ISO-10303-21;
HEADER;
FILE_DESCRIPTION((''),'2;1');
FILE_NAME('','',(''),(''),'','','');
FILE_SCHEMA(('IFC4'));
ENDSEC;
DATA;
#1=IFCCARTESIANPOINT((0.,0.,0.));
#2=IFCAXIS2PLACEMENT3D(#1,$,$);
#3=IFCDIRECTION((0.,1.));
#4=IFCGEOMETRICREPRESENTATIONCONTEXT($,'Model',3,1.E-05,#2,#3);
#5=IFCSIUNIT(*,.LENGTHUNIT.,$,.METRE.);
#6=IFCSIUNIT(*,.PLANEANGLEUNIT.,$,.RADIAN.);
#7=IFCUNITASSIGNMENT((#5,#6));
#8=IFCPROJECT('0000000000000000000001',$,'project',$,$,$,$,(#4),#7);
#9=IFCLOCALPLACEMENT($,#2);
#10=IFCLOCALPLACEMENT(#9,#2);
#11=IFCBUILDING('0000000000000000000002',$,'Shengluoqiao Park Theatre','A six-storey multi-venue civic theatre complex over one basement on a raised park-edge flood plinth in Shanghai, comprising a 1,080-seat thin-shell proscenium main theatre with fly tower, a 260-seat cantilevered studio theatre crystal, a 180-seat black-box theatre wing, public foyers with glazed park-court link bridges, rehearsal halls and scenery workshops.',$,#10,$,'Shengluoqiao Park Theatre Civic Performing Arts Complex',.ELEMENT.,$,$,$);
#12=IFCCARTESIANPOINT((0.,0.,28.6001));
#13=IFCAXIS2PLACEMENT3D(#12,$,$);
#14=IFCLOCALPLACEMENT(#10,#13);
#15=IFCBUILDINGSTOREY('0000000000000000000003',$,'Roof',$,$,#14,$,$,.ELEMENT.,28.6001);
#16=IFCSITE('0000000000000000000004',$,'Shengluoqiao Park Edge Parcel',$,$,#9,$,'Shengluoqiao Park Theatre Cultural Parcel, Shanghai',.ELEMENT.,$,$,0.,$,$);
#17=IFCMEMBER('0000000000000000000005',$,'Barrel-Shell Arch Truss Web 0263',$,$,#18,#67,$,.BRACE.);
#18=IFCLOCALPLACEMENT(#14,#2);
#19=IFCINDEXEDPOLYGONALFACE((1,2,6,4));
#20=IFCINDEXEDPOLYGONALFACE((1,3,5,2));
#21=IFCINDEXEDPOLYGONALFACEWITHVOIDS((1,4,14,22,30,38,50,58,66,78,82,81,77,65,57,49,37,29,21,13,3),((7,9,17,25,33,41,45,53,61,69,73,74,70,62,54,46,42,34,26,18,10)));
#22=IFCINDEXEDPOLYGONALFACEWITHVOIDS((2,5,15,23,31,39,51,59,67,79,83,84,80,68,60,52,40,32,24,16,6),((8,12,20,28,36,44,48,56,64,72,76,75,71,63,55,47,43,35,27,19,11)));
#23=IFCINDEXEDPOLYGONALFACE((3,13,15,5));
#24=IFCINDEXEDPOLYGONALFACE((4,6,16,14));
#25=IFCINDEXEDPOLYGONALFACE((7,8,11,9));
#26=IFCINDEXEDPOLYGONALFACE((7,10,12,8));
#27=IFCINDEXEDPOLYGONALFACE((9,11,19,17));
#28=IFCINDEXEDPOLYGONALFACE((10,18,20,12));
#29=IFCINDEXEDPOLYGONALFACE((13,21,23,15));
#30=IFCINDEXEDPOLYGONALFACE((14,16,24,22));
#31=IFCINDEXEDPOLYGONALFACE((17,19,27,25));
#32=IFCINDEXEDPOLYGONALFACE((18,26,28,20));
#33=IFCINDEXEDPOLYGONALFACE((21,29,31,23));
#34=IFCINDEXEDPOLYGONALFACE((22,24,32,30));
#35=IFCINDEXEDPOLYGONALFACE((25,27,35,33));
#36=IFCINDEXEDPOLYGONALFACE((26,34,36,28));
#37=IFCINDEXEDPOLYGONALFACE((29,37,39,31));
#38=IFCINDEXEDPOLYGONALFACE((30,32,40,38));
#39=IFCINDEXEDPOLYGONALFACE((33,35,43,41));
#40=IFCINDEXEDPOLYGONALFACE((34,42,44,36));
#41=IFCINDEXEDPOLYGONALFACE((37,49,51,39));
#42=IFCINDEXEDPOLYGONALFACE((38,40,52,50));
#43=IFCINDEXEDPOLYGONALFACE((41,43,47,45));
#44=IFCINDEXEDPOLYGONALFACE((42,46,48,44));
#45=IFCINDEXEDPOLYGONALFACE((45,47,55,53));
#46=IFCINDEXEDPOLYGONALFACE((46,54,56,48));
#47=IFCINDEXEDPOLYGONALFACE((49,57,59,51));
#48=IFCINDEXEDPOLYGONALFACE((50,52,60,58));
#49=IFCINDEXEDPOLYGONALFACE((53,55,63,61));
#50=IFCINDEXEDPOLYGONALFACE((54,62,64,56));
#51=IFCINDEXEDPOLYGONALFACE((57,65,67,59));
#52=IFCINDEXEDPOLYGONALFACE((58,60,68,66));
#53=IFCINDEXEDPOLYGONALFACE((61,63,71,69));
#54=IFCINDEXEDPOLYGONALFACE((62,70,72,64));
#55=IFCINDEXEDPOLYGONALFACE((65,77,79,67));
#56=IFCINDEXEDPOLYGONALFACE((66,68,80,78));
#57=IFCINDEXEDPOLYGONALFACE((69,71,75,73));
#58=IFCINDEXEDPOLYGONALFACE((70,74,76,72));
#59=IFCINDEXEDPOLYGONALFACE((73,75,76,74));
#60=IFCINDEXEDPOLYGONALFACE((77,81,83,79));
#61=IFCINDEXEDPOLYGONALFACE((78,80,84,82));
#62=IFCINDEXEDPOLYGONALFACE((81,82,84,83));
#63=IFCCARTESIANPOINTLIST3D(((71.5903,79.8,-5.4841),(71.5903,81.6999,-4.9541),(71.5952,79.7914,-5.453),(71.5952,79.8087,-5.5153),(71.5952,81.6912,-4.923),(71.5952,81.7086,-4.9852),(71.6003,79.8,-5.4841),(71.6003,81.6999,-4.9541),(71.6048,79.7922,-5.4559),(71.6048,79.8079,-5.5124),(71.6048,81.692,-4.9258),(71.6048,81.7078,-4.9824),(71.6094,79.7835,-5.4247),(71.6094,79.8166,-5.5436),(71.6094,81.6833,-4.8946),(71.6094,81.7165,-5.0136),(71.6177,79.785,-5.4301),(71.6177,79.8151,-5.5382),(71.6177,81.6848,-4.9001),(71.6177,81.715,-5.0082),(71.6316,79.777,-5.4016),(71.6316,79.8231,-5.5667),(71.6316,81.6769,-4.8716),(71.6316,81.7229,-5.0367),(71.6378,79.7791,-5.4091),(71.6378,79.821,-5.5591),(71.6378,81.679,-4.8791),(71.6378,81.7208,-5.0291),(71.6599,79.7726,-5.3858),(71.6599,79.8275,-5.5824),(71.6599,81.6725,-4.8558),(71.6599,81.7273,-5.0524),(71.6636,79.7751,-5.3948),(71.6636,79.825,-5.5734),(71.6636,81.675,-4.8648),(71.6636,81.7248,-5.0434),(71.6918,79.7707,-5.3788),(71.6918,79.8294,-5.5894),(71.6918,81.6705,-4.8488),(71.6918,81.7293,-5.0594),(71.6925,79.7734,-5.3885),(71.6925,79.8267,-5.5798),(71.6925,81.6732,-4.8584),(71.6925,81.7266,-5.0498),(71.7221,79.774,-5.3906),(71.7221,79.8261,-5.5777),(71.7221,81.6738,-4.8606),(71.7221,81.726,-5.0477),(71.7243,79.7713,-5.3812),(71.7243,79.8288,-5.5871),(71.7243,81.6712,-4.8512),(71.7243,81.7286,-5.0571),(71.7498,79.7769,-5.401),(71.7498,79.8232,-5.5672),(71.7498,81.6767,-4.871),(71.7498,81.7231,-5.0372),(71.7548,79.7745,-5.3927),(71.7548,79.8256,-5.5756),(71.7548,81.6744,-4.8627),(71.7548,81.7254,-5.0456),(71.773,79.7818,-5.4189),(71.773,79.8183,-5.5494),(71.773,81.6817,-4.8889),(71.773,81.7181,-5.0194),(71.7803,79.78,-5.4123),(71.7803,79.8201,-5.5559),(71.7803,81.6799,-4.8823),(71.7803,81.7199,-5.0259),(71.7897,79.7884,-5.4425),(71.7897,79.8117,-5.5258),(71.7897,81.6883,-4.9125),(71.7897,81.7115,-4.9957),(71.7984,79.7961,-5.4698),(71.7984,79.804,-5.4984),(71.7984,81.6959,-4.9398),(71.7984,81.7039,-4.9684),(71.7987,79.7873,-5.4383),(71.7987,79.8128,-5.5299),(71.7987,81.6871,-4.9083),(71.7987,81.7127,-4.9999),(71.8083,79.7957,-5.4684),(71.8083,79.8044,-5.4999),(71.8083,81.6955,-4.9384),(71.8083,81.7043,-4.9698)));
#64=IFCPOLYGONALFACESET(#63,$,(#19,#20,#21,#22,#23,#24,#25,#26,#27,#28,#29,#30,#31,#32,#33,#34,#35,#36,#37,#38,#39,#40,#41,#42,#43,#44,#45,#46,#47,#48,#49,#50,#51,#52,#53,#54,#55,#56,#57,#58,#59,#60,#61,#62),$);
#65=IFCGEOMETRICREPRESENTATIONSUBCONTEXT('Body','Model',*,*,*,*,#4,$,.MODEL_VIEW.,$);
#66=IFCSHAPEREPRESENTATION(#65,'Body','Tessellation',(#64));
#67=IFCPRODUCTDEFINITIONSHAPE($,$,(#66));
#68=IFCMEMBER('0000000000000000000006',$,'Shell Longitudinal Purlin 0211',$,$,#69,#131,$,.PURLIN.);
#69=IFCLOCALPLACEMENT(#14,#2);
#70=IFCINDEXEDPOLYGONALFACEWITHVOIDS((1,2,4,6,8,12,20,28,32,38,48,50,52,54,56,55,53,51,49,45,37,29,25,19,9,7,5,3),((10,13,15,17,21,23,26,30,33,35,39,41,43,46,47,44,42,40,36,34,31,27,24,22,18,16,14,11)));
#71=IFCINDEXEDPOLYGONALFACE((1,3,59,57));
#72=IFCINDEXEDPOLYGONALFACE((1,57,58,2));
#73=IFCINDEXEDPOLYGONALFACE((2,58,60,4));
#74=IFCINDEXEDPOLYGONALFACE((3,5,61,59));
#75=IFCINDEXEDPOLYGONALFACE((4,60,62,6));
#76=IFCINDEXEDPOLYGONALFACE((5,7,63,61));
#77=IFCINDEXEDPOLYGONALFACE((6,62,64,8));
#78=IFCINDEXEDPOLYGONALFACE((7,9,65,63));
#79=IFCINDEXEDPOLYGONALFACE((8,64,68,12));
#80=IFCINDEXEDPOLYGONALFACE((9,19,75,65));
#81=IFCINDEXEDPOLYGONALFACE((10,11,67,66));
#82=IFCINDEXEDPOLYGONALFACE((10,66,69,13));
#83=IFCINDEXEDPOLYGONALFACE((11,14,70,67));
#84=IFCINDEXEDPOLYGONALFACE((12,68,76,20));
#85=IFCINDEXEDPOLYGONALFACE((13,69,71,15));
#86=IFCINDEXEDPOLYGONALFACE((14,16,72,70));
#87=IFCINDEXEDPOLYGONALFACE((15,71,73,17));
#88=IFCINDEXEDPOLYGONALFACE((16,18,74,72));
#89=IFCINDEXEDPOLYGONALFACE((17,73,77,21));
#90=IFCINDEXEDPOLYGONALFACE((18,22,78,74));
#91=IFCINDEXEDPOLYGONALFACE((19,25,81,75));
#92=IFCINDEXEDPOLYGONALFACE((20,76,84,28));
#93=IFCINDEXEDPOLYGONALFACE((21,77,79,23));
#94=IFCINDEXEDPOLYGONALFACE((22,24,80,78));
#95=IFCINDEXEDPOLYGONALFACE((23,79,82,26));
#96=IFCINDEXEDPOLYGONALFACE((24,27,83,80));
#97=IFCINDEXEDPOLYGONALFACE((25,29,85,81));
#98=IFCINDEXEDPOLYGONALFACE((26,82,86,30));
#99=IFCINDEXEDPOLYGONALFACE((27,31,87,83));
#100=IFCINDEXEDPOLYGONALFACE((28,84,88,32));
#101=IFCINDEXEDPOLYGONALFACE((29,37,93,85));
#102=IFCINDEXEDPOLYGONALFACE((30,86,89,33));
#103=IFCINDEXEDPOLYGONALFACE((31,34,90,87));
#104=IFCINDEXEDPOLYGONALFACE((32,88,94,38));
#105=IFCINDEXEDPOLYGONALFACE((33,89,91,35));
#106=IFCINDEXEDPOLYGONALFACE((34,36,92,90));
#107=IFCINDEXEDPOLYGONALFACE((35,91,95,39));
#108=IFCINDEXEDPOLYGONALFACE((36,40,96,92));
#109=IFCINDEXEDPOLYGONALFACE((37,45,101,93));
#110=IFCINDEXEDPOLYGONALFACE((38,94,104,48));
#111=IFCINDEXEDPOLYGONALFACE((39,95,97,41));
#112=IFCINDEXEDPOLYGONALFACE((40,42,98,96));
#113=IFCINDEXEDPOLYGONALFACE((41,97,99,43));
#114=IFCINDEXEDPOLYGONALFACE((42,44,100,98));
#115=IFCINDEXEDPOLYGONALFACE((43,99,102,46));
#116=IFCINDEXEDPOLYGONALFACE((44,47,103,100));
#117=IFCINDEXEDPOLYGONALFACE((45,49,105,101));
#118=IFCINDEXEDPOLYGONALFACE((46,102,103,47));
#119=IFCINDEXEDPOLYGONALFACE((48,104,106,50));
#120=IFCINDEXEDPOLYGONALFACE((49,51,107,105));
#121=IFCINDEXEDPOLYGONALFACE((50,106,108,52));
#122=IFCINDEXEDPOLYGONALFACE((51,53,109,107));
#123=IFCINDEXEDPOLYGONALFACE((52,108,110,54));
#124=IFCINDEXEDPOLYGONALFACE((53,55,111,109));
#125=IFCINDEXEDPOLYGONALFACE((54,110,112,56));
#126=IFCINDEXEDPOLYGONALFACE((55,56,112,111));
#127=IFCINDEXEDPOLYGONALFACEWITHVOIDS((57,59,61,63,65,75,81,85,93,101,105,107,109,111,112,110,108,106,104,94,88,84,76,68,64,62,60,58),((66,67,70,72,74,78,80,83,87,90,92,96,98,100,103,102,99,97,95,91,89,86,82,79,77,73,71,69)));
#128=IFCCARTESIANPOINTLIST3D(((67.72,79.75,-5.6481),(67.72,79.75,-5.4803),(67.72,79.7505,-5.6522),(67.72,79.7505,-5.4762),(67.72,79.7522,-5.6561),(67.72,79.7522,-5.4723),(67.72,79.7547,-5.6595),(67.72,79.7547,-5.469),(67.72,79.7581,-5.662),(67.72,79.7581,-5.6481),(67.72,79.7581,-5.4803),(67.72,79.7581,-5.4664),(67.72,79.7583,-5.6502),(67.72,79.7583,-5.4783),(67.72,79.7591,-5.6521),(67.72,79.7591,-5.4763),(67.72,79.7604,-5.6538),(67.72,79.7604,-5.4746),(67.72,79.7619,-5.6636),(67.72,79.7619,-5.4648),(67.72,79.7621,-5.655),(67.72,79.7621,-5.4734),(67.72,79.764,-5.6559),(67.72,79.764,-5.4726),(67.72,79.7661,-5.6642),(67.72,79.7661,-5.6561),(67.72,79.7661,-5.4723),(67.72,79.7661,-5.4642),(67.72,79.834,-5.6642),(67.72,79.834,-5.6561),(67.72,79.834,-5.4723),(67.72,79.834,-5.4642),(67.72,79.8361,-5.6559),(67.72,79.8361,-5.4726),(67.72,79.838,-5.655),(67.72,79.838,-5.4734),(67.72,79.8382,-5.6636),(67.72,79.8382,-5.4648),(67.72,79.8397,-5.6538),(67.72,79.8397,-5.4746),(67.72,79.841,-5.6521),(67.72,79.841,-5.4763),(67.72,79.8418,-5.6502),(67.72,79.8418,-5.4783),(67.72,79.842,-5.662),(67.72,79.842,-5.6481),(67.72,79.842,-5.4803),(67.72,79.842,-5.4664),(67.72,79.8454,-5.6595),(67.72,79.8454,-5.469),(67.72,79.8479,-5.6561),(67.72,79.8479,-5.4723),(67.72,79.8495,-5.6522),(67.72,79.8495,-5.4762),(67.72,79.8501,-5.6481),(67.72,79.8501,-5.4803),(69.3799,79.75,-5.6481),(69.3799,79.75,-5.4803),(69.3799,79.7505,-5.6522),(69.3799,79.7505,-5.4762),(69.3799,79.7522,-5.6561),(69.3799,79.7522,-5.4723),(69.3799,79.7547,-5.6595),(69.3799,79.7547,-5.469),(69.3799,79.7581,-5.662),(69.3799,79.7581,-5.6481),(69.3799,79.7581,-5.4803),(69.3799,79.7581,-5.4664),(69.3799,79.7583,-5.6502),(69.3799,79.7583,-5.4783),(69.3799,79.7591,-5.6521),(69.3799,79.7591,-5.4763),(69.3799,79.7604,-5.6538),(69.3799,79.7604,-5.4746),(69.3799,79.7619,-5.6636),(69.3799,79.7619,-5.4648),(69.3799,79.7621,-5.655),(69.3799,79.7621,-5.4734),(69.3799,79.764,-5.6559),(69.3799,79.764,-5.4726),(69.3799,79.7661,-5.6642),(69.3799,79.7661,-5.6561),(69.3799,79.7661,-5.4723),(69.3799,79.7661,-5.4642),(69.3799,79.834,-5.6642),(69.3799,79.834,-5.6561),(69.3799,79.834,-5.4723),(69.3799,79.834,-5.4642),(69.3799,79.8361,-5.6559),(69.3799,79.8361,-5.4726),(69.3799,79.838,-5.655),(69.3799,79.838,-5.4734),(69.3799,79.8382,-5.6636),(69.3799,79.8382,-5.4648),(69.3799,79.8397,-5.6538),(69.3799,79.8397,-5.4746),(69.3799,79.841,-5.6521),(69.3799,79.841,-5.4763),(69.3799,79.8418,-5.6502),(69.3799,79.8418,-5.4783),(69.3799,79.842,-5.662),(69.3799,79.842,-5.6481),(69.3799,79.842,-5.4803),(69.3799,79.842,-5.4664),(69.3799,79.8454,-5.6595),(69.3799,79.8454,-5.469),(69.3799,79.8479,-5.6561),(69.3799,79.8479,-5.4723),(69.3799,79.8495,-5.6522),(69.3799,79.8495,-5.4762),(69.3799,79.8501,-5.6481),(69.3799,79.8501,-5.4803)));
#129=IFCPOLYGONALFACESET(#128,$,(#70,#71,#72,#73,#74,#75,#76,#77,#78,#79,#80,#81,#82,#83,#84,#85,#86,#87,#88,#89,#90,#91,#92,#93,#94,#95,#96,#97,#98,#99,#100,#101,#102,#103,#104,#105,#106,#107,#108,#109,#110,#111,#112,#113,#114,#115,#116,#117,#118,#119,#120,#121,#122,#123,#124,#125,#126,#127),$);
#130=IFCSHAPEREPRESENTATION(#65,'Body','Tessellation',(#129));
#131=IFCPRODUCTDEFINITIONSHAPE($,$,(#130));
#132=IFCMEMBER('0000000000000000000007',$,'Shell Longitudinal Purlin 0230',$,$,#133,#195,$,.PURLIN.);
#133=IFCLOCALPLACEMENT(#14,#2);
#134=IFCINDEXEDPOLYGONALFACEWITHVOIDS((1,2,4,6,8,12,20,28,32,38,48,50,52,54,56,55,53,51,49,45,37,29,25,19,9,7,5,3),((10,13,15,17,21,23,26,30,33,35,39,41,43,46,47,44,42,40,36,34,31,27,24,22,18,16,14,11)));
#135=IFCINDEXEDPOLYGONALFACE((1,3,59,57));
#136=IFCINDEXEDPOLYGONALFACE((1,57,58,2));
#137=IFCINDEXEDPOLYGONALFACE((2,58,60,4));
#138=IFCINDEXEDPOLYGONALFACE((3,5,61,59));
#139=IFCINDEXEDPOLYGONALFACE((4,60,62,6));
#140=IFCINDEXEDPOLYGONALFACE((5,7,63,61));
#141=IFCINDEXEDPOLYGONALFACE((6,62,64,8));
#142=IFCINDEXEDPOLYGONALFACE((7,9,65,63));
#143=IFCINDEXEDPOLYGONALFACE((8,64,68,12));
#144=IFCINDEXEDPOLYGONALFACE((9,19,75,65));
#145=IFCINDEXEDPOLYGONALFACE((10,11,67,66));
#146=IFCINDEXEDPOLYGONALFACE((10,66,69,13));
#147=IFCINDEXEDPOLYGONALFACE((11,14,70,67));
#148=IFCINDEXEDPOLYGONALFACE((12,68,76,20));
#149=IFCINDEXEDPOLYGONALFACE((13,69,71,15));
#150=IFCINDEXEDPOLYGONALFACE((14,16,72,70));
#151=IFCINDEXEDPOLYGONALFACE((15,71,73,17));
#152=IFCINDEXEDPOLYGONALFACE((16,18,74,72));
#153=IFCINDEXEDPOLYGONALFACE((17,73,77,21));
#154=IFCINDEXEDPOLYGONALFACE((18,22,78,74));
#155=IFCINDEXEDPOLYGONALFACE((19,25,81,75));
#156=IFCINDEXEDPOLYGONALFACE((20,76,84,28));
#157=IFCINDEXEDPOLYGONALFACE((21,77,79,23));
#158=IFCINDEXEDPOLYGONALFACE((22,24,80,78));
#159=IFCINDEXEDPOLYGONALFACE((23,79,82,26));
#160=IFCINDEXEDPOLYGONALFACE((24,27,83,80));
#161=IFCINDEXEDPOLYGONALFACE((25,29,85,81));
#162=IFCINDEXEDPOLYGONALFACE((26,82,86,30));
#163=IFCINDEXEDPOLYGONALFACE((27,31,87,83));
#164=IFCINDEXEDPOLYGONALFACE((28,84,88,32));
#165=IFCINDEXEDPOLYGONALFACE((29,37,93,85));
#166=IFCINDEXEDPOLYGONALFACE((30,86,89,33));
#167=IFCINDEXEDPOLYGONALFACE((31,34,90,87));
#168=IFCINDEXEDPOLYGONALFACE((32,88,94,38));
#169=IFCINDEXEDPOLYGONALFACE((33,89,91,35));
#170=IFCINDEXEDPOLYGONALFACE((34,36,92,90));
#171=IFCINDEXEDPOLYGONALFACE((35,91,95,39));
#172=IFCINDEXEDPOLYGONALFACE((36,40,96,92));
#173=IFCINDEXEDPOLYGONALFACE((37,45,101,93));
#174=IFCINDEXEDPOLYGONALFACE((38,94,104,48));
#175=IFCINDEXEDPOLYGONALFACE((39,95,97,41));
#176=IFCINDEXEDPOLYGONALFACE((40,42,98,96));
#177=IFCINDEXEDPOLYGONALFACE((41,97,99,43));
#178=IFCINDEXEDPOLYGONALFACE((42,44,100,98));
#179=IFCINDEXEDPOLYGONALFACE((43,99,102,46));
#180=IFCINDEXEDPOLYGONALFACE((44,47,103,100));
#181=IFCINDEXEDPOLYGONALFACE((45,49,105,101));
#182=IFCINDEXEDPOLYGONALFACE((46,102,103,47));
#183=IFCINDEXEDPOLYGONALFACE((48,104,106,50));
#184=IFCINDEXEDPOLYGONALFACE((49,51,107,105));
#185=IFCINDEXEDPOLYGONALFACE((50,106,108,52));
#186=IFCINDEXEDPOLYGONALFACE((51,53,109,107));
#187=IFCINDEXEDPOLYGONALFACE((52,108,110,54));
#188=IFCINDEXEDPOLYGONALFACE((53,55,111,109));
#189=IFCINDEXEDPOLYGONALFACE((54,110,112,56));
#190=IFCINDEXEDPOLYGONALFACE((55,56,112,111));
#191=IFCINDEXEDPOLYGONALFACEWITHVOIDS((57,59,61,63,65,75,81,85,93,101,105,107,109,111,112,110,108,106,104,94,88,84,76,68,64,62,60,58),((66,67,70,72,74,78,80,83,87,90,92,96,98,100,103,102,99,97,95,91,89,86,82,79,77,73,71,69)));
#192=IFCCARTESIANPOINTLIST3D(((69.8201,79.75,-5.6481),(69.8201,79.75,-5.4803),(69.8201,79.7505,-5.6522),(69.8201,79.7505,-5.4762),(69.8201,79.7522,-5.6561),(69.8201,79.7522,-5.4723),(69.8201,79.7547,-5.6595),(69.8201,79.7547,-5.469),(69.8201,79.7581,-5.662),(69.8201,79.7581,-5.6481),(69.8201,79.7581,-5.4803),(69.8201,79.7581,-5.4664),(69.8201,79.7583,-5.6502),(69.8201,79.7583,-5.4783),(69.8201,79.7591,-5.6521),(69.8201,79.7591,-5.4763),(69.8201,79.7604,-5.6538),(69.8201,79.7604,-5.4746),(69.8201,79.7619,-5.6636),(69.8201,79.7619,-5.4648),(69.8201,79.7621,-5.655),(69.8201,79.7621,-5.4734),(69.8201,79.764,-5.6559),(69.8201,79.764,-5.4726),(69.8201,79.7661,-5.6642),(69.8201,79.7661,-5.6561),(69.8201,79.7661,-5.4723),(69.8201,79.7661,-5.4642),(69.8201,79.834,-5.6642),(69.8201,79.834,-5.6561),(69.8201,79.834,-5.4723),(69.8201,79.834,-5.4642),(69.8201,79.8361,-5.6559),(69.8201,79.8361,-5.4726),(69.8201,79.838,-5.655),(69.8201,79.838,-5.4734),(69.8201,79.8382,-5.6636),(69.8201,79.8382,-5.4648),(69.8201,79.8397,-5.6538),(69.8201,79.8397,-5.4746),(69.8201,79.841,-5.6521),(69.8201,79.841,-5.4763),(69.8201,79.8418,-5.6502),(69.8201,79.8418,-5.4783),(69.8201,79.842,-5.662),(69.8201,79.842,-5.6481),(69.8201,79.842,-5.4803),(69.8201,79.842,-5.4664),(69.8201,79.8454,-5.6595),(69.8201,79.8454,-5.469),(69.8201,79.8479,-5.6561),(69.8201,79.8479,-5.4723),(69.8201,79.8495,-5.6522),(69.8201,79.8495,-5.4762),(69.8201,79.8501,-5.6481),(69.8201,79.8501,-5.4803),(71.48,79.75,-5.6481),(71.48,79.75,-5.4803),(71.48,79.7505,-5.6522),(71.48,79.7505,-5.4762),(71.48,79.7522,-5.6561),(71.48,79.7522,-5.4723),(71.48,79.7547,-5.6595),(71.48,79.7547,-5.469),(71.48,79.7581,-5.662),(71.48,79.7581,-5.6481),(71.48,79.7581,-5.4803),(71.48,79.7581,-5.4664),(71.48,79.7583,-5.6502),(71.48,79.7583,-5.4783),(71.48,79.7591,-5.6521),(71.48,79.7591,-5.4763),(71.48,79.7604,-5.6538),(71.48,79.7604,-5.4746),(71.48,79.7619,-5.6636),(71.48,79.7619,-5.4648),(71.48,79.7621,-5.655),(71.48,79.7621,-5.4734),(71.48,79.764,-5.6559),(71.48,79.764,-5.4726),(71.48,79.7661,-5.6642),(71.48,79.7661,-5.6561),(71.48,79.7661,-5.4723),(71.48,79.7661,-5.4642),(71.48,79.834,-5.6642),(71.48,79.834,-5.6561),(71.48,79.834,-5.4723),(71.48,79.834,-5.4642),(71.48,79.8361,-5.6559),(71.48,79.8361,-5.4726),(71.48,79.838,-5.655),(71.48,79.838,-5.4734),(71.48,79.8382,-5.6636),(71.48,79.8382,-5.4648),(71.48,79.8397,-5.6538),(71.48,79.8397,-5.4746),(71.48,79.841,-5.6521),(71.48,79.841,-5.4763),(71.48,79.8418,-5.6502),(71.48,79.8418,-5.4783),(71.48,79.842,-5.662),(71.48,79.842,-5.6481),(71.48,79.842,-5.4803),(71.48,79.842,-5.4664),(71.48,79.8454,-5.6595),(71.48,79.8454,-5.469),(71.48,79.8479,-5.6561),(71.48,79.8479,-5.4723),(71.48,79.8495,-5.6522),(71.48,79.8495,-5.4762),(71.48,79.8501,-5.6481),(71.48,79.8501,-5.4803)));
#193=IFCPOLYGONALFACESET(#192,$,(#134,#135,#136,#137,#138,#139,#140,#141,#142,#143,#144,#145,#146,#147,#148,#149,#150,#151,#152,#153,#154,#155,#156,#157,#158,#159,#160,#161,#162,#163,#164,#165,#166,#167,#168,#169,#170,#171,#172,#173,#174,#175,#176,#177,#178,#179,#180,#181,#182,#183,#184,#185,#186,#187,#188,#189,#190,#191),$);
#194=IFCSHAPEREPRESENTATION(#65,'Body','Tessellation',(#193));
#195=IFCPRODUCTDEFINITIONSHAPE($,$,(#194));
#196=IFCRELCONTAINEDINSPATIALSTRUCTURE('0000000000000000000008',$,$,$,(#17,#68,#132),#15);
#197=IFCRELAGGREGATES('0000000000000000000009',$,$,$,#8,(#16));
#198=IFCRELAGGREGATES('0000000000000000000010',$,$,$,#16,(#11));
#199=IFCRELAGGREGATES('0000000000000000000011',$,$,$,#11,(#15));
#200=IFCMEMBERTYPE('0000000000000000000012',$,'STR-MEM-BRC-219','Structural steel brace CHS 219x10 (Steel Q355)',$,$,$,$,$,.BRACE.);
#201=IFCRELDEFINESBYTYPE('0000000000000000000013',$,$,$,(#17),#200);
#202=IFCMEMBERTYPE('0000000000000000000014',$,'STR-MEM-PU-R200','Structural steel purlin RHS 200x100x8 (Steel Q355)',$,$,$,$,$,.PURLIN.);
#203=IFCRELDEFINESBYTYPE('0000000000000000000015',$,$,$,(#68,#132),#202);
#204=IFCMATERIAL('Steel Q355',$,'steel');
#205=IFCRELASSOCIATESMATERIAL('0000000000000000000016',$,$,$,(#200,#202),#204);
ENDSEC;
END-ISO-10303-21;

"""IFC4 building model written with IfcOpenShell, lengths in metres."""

from ifc_helpers import new_model, si_unit, direction, frame, origin, origin_2d, place, context, subcontext, project, spatial, hollow_rectangle, hollow_circle, extrude, material, material_profile, profile_set, type_object, element, save


model = new_model("IFC4")

# Units and contexts
model_context = context("Model", 3, precision=1e-05, world=origin(), true_north=direction((0.0, 1.0)))
body_context = subcontext(model_context, "Body", "Model", "MODEL_VIEW")
ifc_project = project(units=[si_unit("LENGTHUNIT", "METRE"), si_unit("PLANEANGLEUNIT", "RADIAN")], contexts=[model_context])

# Site, building, storey
site_placement = place(None, origin())
site = spatial("IfcSite", under=ifc_project, at=site_placement, Name="Shengluoqiao Park Edge Parcel", LongName="Shengluoqiao Park Theatre Cultural Parcel, Shanghai", CompositionType="ELEMENT", RefElevation=0.0)
building_placement = place(site_placement, origin())
building = spatial("IfcBuilding", under=site, at=building_placement, Name="Shengluoqiao Park Theatre", Description="A six-storey multi-venue civic theatre complex over one basement on a raised park-edge flood plinth in Shanghai, comprising a 1,080-seat thin-shell proscenium main theatre with fly tower, a 260-seat cantilevered studio theatre crystal, a 180-seat black-box theatre wing, public foyers with glazed park-court link bridges, rehearsal halls and scenery workshops.", LongName="Shengluoqiao Park Theatre Civic Performing Arts Complex", CompositionType="ELEMENT")
storey_placement = place(building_placement, frame((0.0, 0.0, 28.6001)))
storey = spatial("IfcBuildingStorey", under=building, at=storey_placement, Name="Roof", CompositionType="ELEMENT", Elevation=28.6001)

# Shared definitions
ifc_material_1 = material(Name="Steel Q355", Category="steel")

# Members
ifc_material_profile_1 = material_profile(ifc_material_1, hollow_circle(Radius=0.1096, WallThickness=0.01, at=origin_2d()), Name="CHS 219x10")
ifc_profile_set_1 = profile_set([ifc_material_profile_1], Name="Steel Q355")
member_type_1 = type_object("IfcMemberType", Name="STR-MEM-BRC-219", Description="Structural steel brace CHS 219x10 (Steel Q355)", PredefinedType="BRACE", material=ifc_profile_set_1)
member_1_placement = place(storey_placement, frame((71.7, 79.8, -5.4841), z_axis=(0.0, 0.963219, 0.268716), x_axis=(-1.0, 0.0, 0.0)))
element("IfcMember", 1, at=member_1_placement, inside=storey, type_object=member_type_1, Name="Barrel-Shell Arch Truss Web 0263", PredefinedType="BRACE", context=body_context, shape_type="SweptSolid", body=[
    extrude(hollow_circle(Radius=0.1096, WallThickness=0.01, at=origin_2d()), origin(), (0.0, 0.0, 1.0), 1.9724),
])
ifc_material_profile_2 = material_profile(ifc_material_1, hollow_rectangle(XDim=0.1001, YDim=0.2, WallThickness=0.0081, InnerFilletRadius=0.0081, OuterFilletRadius=0.0161, at=origin_2d()), Name="RHS 200x100x8")
ifc_profile_set_2 = profile_set([ifc_material_profile_2], Name="Steel Q355")
member_type_2 = type_object("IfcMemberType", Name="STR-MEM-PU-R200", Description="Structural steel purlin RHS 200x100x8 (Steel Q355)", PredefinedType="PURLIN", material=ifc_profile_set_2)
for number, where, z_axis, x_axis, name in (
    (2, (67.72, 79.8, -5.5642), (1.0, 0.0, 0.0), (0.0, 1.0, 0.0), "Shell Longitudinal Purlin 0211"),
    (3, (69.8201, 79.8, -5.5642), (1.0, 0.0, 0.0), (0.0, 1.0, 0.0), "Shell Longitudinal Purlin 0230"),
):
    element("IfcMember", number, at=place(storey_placement, frame(where, z_axis=z_axis, x_axis=x_axis)), inside=storey, type_object=member_type_2, Name=name, PredefinedType="PURLIN", context=body_context, shape_type="SweptSolid", body=[
        extrude(hollow_rectangle(XDim=0.1001, YDim=0.2, WallThickness=0.0081, InnerFilletRadius=0.0081, OuterFilletRadius=0.0161, at=origin_2d()), origin(), (0.0, 0.0, 1.0), 1.6599),
    ])

save(model, "model.ifc")
